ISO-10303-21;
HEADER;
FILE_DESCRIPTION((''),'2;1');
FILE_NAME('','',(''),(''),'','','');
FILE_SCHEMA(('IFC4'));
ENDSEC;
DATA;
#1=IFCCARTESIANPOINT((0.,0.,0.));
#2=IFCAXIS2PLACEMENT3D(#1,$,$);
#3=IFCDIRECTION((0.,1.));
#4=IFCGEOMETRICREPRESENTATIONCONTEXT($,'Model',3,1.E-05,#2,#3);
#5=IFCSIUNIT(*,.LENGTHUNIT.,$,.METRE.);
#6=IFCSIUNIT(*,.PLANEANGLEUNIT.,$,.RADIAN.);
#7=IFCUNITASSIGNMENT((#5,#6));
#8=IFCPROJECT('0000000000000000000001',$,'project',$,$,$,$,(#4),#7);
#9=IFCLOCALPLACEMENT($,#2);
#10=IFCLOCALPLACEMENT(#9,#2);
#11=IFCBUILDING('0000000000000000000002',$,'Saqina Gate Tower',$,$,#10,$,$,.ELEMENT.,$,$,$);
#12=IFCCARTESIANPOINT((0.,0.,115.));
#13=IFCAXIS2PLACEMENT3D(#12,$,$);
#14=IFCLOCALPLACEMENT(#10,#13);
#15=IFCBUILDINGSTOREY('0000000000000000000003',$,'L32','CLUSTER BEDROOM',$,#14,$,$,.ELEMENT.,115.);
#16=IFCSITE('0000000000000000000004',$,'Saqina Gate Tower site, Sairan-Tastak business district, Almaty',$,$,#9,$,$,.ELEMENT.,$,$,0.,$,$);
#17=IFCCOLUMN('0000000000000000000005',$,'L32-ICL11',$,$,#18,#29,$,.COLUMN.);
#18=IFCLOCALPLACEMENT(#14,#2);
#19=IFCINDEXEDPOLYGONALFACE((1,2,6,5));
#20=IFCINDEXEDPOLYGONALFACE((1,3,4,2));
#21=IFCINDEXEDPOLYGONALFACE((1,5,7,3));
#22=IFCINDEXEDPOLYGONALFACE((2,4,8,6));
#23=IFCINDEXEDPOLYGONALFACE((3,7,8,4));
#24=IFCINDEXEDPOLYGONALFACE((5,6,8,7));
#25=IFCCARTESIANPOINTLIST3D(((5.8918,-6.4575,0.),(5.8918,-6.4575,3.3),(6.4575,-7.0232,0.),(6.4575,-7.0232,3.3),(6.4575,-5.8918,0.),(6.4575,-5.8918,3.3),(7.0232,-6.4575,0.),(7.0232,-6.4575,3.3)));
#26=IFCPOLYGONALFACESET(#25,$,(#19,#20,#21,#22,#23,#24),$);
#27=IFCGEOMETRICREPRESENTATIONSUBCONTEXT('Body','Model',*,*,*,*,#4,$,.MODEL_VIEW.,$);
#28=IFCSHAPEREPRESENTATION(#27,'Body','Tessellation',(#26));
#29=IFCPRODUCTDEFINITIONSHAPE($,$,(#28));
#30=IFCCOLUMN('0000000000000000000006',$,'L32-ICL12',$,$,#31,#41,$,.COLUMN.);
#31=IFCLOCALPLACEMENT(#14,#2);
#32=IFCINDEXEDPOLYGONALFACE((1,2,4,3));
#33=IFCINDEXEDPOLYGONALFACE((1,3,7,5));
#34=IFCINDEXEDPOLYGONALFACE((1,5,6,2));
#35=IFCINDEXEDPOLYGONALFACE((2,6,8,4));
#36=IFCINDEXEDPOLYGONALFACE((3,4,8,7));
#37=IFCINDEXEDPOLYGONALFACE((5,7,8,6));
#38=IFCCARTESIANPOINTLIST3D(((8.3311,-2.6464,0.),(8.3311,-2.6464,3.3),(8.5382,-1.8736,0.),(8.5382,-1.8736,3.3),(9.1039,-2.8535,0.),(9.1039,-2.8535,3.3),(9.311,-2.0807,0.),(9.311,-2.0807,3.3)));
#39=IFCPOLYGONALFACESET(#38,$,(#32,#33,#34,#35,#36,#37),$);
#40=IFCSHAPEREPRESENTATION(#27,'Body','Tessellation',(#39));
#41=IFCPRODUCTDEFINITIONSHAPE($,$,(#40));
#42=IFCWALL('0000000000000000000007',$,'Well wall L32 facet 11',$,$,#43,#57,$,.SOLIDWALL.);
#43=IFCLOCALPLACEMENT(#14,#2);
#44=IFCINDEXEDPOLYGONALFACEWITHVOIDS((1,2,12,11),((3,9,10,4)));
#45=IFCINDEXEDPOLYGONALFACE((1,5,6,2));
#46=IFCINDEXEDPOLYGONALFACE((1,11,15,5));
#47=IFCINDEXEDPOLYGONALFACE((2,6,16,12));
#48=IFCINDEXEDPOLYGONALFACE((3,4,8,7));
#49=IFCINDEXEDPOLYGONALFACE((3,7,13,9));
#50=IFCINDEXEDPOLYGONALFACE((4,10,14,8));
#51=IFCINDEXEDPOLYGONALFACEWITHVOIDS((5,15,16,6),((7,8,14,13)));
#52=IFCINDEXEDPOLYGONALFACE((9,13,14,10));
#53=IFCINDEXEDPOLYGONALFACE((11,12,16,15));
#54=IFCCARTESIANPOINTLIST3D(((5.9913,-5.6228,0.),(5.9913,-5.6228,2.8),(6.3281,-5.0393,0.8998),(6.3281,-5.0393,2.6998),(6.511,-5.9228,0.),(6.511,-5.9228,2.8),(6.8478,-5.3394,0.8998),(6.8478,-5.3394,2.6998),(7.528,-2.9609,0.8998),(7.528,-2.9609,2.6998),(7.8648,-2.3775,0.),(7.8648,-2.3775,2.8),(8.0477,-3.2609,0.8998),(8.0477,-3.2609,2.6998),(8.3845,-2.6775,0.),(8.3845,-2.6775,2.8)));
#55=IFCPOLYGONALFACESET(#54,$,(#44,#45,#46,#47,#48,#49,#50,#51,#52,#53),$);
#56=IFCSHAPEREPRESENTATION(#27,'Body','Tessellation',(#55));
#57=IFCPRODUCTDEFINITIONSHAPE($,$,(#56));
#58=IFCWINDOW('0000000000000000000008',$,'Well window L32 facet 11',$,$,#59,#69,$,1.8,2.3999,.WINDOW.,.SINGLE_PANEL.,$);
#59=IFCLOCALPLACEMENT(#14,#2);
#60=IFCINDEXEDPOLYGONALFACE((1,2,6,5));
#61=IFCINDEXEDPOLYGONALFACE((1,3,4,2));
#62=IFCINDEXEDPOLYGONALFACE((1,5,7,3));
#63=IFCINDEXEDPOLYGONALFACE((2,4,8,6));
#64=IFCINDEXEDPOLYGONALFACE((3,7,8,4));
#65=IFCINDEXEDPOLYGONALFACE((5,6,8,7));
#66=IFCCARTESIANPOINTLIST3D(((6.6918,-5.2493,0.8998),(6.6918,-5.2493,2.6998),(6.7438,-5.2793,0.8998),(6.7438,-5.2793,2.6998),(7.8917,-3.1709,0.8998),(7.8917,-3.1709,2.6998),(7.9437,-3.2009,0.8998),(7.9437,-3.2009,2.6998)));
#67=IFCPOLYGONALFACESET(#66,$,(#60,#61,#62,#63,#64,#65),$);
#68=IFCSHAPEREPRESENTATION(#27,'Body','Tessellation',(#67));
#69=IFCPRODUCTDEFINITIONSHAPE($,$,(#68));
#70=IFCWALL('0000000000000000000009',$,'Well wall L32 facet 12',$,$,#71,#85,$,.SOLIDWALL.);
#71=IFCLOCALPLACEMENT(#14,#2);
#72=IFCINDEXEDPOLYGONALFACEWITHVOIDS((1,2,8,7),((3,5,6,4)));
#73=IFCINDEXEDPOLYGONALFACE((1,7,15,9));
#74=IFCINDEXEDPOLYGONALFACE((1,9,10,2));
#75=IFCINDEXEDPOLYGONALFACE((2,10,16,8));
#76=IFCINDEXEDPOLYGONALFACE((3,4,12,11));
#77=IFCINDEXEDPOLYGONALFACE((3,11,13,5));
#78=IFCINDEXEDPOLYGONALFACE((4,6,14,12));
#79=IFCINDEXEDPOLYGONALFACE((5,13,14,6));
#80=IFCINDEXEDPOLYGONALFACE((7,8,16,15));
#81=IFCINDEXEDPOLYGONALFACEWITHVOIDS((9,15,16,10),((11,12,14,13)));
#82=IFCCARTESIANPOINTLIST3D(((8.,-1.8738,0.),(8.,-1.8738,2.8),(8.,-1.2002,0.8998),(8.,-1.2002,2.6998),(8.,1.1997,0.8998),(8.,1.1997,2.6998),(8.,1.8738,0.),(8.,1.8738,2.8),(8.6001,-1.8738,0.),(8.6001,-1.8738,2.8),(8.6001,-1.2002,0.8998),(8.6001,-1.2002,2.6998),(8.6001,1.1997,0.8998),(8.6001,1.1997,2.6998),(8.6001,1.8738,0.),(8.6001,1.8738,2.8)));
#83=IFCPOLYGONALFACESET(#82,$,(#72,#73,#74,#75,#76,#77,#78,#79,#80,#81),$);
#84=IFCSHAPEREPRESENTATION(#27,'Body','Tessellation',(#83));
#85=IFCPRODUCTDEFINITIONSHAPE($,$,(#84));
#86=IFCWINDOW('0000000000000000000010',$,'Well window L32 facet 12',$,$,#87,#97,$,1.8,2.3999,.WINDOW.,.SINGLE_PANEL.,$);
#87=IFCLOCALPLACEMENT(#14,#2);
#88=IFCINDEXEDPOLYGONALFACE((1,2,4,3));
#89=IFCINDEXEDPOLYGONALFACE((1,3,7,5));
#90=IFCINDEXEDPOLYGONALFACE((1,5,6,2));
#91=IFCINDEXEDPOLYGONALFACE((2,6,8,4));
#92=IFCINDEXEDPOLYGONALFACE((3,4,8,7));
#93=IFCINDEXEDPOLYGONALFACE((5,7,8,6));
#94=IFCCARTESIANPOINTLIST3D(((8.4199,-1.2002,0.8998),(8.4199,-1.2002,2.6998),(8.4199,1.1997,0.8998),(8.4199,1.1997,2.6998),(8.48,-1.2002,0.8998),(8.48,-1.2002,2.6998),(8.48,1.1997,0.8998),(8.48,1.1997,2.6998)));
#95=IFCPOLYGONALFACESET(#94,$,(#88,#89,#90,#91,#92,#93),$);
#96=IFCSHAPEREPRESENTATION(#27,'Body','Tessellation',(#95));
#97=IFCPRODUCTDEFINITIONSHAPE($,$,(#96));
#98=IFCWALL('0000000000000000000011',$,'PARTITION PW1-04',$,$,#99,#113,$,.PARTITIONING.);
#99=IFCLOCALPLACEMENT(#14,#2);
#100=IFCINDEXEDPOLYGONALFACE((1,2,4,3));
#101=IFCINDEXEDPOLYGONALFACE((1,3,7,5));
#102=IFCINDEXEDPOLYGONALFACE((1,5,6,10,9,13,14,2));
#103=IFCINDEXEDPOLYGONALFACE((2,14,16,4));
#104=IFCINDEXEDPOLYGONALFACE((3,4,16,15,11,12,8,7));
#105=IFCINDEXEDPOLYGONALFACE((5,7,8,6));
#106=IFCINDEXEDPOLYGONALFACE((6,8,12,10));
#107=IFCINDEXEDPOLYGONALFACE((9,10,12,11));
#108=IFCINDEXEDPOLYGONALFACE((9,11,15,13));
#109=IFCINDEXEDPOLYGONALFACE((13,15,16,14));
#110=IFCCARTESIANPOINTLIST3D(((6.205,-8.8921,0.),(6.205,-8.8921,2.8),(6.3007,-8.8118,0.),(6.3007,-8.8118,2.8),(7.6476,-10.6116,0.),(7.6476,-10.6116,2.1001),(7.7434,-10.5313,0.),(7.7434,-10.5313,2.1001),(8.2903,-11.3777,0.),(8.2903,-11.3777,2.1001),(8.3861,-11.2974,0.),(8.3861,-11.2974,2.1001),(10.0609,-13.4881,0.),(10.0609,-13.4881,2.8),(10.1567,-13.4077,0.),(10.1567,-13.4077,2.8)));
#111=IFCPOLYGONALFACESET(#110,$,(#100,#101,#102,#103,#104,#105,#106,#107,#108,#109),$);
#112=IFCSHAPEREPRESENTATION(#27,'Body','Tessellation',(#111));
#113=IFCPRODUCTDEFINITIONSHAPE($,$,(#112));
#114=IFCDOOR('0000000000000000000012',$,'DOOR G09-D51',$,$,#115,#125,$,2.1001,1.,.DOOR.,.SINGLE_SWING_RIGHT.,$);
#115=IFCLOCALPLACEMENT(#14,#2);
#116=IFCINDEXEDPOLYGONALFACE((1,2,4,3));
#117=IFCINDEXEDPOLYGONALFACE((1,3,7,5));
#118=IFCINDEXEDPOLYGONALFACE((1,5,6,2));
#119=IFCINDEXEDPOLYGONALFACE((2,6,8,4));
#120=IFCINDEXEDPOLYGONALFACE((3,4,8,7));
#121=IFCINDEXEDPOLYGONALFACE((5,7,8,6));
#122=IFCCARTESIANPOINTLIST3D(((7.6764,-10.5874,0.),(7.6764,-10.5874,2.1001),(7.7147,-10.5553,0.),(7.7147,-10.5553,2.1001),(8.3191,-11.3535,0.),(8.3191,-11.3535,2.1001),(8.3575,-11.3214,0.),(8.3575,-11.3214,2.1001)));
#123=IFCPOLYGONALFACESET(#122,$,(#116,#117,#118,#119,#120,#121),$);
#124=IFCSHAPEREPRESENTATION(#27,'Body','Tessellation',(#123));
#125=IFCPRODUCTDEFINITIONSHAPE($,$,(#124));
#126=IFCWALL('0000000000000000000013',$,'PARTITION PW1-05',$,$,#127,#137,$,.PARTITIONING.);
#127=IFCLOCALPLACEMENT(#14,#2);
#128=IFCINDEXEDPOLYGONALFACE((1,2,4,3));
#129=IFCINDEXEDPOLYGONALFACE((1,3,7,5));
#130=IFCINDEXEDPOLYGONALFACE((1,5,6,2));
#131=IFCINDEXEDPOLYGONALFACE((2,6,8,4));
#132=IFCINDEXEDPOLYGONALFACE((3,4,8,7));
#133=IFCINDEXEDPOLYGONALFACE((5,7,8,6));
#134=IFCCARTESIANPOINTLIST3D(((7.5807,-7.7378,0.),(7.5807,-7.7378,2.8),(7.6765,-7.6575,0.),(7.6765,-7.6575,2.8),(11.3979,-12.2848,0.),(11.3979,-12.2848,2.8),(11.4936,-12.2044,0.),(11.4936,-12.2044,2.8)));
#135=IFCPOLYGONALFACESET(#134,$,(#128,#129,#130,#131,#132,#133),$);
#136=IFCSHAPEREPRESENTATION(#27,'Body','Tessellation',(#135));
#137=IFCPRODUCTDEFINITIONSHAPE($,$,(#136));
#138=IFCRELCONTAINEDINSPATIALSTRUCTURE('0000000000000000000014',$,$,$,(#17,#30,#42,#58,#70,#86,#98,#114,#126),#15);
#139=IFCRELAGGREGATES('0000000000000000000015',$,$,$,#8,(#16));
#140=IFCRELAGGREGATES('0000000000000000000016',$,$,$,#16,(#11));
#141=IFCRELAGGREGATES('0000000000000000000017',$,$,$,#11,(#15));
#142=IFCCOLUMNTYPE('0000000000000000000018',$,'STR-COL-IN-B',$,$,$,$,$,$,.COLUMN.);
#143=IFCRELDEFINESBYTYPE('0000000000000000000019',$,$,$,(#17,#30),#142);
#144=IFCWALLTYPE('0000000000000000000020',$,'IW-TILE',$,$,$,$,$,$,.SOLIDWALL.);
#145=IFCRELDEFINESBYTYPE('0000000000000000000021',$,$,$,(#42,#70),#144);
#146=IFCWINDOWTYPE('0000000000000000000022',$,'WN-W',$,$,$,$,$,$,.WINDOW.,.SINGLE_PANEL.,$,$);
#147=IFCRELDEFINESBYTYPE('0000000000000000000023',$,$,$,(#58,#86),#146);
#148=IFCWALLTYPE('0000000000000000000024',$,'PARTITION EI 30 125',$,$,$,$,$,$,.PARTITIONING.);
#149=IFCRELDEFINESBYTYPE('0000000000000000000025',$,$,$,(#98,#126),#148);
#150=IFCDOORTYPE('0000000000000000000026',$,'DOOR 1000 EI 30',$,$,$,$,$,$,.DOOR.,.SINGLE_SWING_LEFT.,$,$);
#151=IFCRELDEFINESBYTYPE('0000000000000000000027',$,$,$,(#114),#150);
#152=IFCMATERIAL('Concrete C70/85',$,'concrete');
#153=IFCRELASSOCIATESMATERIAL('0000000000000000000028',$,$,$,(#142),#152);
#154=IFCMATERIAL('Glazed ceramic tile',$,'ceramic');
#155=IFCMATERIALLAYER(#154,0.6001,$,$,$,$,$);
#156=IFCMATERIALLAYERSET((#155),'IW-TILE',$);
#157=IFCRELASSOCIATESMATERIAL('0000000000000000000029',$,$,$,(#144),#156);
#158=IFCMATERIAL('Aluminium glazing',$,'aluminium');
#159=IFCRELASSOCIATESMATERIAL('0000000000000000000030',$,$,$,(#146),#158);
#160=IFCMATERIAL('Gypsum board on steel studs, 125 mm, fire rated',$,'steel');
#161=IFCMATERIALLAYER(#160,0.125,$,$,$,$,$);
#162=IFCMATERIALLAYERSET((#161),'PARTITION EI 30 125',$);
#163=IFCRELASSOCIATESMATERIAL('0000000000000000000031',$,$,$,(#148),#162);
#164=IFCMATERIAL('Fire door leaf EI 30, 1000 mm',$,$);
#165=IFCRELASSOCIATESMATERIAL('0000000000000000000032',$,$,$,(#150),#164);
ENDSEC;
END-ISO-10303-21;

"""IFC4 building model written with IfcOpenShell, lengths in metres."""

from ifc_helpers import new_model, si_unit, direction, frame, frame_2d, origin, origin_2d, place, context, subcontext, project, spatial, rectangle, extrude, material, layer, layer_set, material_profile, profile_set, type_object, element, fill, save


model = new_model("IFC4")

# Units and contexts
model_context = context("Model", 3, precision=1e-05, world=origin(), true_north=direction((0.0, 1.0)))
body_context = subcontext(model_context, "Body", "Model", "MODEL_VIEW")
ifc_project = project(units=[si_unit("LENGTHUNIT", "METRE"), si_unit("PLANEANGLEUNIT", "RADIAN")], contexts=[model_context])

# Site, building, storey
site_placement = place(None, origin())
site = spatial("IfcSite", under=ifc_project, at=site_placement, Name="Saqina Gate Tower site, Sairan-Tastak business district, Almaty", CompositionType="ELEMENT", RefElevation=0.0)
building_placement = place(site_placement, origin())
building = spatial("IfcBuilding", under=site, at=building_placement, Name="Saqina Gate Tower", CompositionType="ELEMENT")
storey_placement = place(building_placement, frame((0.0, 0.0, 115.0)))
storey = spatial("IfcBuildingStorey", under=building, at=storey_placement, Name="L32", Description="CLUSTER BEDROOM", CompositionType="ELEMENT", Elevation=115.0)

# Columns
ifc_material_1 = material(Name="Concrete C70/85", Category="concrete")
ifc_material_profile = material_profile(ifc_material_1, rectangle(XDim=0.8, YDim=0.8, at=origin_2d()), Name="RC 800x800")
ifc_profile_set = profile_set([ifc_material_profile], Name="Concrete C70/85")
column_type = type_object("IfcColumnType", Name="STR-COL-IN-B", PredefinedType="COLUMN", material=ifc_profile_set)
for number, where, z_axis, x_axis, name in (
    (1, (6.4575, -6.4575, 0.0), (0.0, 0.0, 1.0), (0.707107, -0.707107, 0.0), "L32-ICL11"),
    (2, (8.821, -2.3635, 0.0), (0.0, 0.0, 1.0), (0.965926, -0.258819, 0.0), "L32-ICL12"),
):
    element("IfcColumn", number, at=place(storey_placement, frame(where, z_axis=z_axis, x_axis=x_axis)), inside=storey, type_object=column_type, Name=name, PredefinedType="COLUMN", context=body_context, shape_type="SweptSolid", body=[
        extrude(rectangle(XDim=0.8, YDim=0.8, at=origin_2d()), origin(), (0.0, 0.0, 1.0), 3.3),
    ])

# Walls, openings, windows
ifc_material_2 = material(Name="Glazed ceramic tile", Category="ceramic")
ifc_layer_1 = layer(ifc_material_2, 0.6001)
ifc_layer_set_1 = layer_set([ifc_layer_1], Name="IW-TILE")
wall_type_1 = type_object("IfcWallType", Name="IW-TILE", PredefinedType="SOLIDWALL", material=ifc_layer_set_1)
wall_1_placement = place(storey_placement, frame((6.2512, -5.7727, 0.0), z_axis=(0.0, 0.0, 1.0), x_axis=(0.499965, 0.866046, 0.0)))
wall_1 = element("IfcWall", 3, at=wall_1_placement, inside=storey, type_object=wall_type_1, Name="Well wall L32 facet 11", PredefinedType="SOLIDWALL", context=body_context, shape_type="SweptSolid", body=[
    extrude(rectangle(XDim=3.7473, YDim=0.6001, at=frame_2d((1.8735, 0.0))), origin(), (0.0, 0.0, 1.0), 2.8),
])
opening_1_placement = place(wall_1_placement, frame((0.6736, 0.0, 0.8999)))
opening_1 = element("IfcOpeningElement", 4, at=opening_1_placement, cuts=wall_1, PredefinedType="OPENING", context=body_context, shape_type="SweptSolid", body=[
    extrude(rectangle(XDim=2.3999, YDim=1.8, at=frame_2d((1.2, 0.8999))), frame((0.0, 0.312, 0.0), z_axis=(0.0, -1.0, 0.0), x_axis=(1.0, 0.0, 0.0)), (0.0, 0.0, 1.0), 0.624),
])
ifc_material_3 = material(Name="Aluminium glazing", Category="aluminium")
window_type = type_object("IfcWindowType", Name="WN-W", PartitioningType="SINGLE_PANEL", PredefinedType="WINDOW", material=ifc_material_3)
window_1_placement = place(opening_1_placement, origin())
window_1 = element("IfcWindow", 5, at=window_1_placement, inside=storey, type_object=window_type, Name="Well window L32 facet 11", OverallHeight=1.8, OverallWidth=2.3999, PartitioningType="SINGLE_PANEL", PredefinedType="WINDOW", context=body_context, shape_type="SweptSolid", body=[
    extrude(rectangle(XDim=2.3999, YDim=1.8, at=frame_2d((1.2, 0.8999))), frame((0.0, -0.1199, 0.0), z_axis=(0.0, -1.0, 0.0), x_axis=(1.0, 0.0, 0.0)), (0.0, 0.0, 1.0), 0.0601),
])
fill(opening_1, window_1)
wall_2_placement = place(storey_placement, frame((8.3, -1.8738, 0.0), z_axis=(0.0, 0.0, 1.0), x_axis=(0.0, 1.0, 0.0)))
wall_2 = element("IfcWall", 6, at=wall_2_placement, inside=storey, type_object=wall_type_1, Name="Well wall L32 facet 12", PredefinedType="SOLIDWALL", context=body_context, shape_type="SweptSolid", body=[
    extrude(rectangle(XDim=3.7476, YDim=0.6001, at=frame_2d((1.8738, 0.0))), origin(), (0.0, 0.0, 1.0), 2.8),
])
opening_2_placement = place(wall_2_placement, frame((0.6736, 0.0, 0.8999)))
opening_2 = element("IfcOpeningElement", 7, at=opening_2_placement, cuts=wall_2, PredefinedType="OPENING", context=body_context, shape_type="SweptSolid", body=[
    extrude(rectangle(XDim=2.3999, YDim=1.8, at=frame_2d((1.2, 0.8999))), frame((0.0, 0.312, 0.0), z_axis=(0.0, -1.0, 0.0), x_axis=(1.0, 0.0, 0.0)), (0.0, 0.0, 1.0), 0.624),
])
window_2_placement = place(opening_2_placement, origin())
window_2 = element("IfcWindow", 8, at=window_2_placement, inside=storey, type_object=window_type, Name="Well window L32 facet 12", OverallHeight=1.8, OverallWidth=2.3999, PartitioningType="SINGLE_PANEL", PredefinedType="WINDOW", context=body_context, shape_type="SweptSolid", body=[
    extrude(rectangle(XDim=2.3999, YDim=1.8, at=frame_2d((1.2, 0.8999))), frame((0.0, -0.1199, 0.0), z_axis=(0.0, -1.0, 0.0), x_axis=(1.0, 0.0, 0.0)), (0.0, 0.0, 1.0), 0.0601),
])
fill(opening_2, window_2)

# Wall, opening, door
ifc_material_4 = material(Name="Gypsum board on steel studs, 125 mm, fire rated", Category="steel")
ifc_layer_2 = layer(ifc_material_4, 0.125)
ifc_layer_set_2 = layer_set([ifc_layer_2], Name="PARTITION EI 30 125")
wall_type_2 = type_object("IfcWallType", Name="PARTITION EI 30 125", PredefinedType="PARTITIONING", material=ifc_layer_set_2)
wall_3_placement = place(storey_placement, frame((6.2529, -8.8521, 0.0), z_axis=(0.0, 0.0, 1.0), x_axis=(0.642739, -0.766086, 0.0)))
wall_3 = element("IfcWall", 9, at=wall_3_placement, inside=storey, type_object=wall_type_2, Name="PARTITION PW1-04", PredefinedType="PARTITIONING", context=body_context, shape_type="SweptSolid", body=[
    extrude(rectangle(XDim=5.9993, YDim=0.125, at=frame_2d((2.9995, 0.0))), origin(), (0.0, 0.0, 1.0), 2.8),
])
opening_3_placement = place(wall_3_placement, frame((2.2444, 0.0, 0.0)))
opening_3 = element("IfcOpeningElement", 10, at=opening_3_placement, cuts=wall_3, PredefinedType="OPENING", context=body_context, shape_type="SweptSolid", body=[
    extrude(rectangle(XDim=1.0, YDim=2.1001, at=frame_2d((0.5, 1.05))), frame((0.0, 0.0745, 0.0), z_axis=(0.0, -1.0, 0.0), x_axis=(1.0, 0.0, 0.0)), (0.0, 0.0, 1.0), 0.1489),
])
ifc_material_5 = material(Name="Fire door leaf EI 30, 1000 mm")
door_type_1 = type_object("IfcDoorType", Name="DOOR 1000 EI 30", OperationType="SINGLE_SWING_LEFT", PredefinedType="DOOR", material=ifc_material_5)
door_1_placement = place(opening_3_placement, frame((1.0, 0.0, 0.0), z_axis=(0.0, 0.0, 1.0), x_axis=(-1.0, 0.0, 0.0)))
door_1 = element("IfcDoor", 11, at=door_1_placement, inside=storey, type_object=door_type_1, Name="DOOR G09-D51", OperationType="SINGLE_SWING_RIGHT", OverallHeight=2.1001, OverallWidth=1.0, PredefinedType="DOOR", context=body_context, shape_type="SweptSolid", body=[
    extrude(rectangle(XDim=1.0, YDim=2.1001, at=frame_2d((0.5, 1.05))), frame((0.0, 0.0249, 0.0), z_axis=(0.0, -1.0, 0.0), x_axis=(1.0, 0.0, 0.0)), (0.0, 0.0, 1.0), 0.05),
])
fill(opening_3, door_1)

# Wall
wall_4_placement = place(storey_placement, frame((7.6287, -7.6978, 0.0), z_axis=(0.0, 0.0, 1.0), x_axis=(0.642971, -0.76589, 0.0)))
element("IfcWall", 12, at=wall_4_placement, inside=storey, type_object=wall_type_2, Name="PARTITION PW1-05", PredefinedType="PARTITIONING", context=body_context, shape_type="SweptSolid", body=[
    extrude(rectangle(XDim=5.9368, YDim=0.125, at=frame_2d((2.9683, 0.0))), origin(), (0.0, 0.0, 1.0), 2.8),
])

save(model, "model.ifc")
